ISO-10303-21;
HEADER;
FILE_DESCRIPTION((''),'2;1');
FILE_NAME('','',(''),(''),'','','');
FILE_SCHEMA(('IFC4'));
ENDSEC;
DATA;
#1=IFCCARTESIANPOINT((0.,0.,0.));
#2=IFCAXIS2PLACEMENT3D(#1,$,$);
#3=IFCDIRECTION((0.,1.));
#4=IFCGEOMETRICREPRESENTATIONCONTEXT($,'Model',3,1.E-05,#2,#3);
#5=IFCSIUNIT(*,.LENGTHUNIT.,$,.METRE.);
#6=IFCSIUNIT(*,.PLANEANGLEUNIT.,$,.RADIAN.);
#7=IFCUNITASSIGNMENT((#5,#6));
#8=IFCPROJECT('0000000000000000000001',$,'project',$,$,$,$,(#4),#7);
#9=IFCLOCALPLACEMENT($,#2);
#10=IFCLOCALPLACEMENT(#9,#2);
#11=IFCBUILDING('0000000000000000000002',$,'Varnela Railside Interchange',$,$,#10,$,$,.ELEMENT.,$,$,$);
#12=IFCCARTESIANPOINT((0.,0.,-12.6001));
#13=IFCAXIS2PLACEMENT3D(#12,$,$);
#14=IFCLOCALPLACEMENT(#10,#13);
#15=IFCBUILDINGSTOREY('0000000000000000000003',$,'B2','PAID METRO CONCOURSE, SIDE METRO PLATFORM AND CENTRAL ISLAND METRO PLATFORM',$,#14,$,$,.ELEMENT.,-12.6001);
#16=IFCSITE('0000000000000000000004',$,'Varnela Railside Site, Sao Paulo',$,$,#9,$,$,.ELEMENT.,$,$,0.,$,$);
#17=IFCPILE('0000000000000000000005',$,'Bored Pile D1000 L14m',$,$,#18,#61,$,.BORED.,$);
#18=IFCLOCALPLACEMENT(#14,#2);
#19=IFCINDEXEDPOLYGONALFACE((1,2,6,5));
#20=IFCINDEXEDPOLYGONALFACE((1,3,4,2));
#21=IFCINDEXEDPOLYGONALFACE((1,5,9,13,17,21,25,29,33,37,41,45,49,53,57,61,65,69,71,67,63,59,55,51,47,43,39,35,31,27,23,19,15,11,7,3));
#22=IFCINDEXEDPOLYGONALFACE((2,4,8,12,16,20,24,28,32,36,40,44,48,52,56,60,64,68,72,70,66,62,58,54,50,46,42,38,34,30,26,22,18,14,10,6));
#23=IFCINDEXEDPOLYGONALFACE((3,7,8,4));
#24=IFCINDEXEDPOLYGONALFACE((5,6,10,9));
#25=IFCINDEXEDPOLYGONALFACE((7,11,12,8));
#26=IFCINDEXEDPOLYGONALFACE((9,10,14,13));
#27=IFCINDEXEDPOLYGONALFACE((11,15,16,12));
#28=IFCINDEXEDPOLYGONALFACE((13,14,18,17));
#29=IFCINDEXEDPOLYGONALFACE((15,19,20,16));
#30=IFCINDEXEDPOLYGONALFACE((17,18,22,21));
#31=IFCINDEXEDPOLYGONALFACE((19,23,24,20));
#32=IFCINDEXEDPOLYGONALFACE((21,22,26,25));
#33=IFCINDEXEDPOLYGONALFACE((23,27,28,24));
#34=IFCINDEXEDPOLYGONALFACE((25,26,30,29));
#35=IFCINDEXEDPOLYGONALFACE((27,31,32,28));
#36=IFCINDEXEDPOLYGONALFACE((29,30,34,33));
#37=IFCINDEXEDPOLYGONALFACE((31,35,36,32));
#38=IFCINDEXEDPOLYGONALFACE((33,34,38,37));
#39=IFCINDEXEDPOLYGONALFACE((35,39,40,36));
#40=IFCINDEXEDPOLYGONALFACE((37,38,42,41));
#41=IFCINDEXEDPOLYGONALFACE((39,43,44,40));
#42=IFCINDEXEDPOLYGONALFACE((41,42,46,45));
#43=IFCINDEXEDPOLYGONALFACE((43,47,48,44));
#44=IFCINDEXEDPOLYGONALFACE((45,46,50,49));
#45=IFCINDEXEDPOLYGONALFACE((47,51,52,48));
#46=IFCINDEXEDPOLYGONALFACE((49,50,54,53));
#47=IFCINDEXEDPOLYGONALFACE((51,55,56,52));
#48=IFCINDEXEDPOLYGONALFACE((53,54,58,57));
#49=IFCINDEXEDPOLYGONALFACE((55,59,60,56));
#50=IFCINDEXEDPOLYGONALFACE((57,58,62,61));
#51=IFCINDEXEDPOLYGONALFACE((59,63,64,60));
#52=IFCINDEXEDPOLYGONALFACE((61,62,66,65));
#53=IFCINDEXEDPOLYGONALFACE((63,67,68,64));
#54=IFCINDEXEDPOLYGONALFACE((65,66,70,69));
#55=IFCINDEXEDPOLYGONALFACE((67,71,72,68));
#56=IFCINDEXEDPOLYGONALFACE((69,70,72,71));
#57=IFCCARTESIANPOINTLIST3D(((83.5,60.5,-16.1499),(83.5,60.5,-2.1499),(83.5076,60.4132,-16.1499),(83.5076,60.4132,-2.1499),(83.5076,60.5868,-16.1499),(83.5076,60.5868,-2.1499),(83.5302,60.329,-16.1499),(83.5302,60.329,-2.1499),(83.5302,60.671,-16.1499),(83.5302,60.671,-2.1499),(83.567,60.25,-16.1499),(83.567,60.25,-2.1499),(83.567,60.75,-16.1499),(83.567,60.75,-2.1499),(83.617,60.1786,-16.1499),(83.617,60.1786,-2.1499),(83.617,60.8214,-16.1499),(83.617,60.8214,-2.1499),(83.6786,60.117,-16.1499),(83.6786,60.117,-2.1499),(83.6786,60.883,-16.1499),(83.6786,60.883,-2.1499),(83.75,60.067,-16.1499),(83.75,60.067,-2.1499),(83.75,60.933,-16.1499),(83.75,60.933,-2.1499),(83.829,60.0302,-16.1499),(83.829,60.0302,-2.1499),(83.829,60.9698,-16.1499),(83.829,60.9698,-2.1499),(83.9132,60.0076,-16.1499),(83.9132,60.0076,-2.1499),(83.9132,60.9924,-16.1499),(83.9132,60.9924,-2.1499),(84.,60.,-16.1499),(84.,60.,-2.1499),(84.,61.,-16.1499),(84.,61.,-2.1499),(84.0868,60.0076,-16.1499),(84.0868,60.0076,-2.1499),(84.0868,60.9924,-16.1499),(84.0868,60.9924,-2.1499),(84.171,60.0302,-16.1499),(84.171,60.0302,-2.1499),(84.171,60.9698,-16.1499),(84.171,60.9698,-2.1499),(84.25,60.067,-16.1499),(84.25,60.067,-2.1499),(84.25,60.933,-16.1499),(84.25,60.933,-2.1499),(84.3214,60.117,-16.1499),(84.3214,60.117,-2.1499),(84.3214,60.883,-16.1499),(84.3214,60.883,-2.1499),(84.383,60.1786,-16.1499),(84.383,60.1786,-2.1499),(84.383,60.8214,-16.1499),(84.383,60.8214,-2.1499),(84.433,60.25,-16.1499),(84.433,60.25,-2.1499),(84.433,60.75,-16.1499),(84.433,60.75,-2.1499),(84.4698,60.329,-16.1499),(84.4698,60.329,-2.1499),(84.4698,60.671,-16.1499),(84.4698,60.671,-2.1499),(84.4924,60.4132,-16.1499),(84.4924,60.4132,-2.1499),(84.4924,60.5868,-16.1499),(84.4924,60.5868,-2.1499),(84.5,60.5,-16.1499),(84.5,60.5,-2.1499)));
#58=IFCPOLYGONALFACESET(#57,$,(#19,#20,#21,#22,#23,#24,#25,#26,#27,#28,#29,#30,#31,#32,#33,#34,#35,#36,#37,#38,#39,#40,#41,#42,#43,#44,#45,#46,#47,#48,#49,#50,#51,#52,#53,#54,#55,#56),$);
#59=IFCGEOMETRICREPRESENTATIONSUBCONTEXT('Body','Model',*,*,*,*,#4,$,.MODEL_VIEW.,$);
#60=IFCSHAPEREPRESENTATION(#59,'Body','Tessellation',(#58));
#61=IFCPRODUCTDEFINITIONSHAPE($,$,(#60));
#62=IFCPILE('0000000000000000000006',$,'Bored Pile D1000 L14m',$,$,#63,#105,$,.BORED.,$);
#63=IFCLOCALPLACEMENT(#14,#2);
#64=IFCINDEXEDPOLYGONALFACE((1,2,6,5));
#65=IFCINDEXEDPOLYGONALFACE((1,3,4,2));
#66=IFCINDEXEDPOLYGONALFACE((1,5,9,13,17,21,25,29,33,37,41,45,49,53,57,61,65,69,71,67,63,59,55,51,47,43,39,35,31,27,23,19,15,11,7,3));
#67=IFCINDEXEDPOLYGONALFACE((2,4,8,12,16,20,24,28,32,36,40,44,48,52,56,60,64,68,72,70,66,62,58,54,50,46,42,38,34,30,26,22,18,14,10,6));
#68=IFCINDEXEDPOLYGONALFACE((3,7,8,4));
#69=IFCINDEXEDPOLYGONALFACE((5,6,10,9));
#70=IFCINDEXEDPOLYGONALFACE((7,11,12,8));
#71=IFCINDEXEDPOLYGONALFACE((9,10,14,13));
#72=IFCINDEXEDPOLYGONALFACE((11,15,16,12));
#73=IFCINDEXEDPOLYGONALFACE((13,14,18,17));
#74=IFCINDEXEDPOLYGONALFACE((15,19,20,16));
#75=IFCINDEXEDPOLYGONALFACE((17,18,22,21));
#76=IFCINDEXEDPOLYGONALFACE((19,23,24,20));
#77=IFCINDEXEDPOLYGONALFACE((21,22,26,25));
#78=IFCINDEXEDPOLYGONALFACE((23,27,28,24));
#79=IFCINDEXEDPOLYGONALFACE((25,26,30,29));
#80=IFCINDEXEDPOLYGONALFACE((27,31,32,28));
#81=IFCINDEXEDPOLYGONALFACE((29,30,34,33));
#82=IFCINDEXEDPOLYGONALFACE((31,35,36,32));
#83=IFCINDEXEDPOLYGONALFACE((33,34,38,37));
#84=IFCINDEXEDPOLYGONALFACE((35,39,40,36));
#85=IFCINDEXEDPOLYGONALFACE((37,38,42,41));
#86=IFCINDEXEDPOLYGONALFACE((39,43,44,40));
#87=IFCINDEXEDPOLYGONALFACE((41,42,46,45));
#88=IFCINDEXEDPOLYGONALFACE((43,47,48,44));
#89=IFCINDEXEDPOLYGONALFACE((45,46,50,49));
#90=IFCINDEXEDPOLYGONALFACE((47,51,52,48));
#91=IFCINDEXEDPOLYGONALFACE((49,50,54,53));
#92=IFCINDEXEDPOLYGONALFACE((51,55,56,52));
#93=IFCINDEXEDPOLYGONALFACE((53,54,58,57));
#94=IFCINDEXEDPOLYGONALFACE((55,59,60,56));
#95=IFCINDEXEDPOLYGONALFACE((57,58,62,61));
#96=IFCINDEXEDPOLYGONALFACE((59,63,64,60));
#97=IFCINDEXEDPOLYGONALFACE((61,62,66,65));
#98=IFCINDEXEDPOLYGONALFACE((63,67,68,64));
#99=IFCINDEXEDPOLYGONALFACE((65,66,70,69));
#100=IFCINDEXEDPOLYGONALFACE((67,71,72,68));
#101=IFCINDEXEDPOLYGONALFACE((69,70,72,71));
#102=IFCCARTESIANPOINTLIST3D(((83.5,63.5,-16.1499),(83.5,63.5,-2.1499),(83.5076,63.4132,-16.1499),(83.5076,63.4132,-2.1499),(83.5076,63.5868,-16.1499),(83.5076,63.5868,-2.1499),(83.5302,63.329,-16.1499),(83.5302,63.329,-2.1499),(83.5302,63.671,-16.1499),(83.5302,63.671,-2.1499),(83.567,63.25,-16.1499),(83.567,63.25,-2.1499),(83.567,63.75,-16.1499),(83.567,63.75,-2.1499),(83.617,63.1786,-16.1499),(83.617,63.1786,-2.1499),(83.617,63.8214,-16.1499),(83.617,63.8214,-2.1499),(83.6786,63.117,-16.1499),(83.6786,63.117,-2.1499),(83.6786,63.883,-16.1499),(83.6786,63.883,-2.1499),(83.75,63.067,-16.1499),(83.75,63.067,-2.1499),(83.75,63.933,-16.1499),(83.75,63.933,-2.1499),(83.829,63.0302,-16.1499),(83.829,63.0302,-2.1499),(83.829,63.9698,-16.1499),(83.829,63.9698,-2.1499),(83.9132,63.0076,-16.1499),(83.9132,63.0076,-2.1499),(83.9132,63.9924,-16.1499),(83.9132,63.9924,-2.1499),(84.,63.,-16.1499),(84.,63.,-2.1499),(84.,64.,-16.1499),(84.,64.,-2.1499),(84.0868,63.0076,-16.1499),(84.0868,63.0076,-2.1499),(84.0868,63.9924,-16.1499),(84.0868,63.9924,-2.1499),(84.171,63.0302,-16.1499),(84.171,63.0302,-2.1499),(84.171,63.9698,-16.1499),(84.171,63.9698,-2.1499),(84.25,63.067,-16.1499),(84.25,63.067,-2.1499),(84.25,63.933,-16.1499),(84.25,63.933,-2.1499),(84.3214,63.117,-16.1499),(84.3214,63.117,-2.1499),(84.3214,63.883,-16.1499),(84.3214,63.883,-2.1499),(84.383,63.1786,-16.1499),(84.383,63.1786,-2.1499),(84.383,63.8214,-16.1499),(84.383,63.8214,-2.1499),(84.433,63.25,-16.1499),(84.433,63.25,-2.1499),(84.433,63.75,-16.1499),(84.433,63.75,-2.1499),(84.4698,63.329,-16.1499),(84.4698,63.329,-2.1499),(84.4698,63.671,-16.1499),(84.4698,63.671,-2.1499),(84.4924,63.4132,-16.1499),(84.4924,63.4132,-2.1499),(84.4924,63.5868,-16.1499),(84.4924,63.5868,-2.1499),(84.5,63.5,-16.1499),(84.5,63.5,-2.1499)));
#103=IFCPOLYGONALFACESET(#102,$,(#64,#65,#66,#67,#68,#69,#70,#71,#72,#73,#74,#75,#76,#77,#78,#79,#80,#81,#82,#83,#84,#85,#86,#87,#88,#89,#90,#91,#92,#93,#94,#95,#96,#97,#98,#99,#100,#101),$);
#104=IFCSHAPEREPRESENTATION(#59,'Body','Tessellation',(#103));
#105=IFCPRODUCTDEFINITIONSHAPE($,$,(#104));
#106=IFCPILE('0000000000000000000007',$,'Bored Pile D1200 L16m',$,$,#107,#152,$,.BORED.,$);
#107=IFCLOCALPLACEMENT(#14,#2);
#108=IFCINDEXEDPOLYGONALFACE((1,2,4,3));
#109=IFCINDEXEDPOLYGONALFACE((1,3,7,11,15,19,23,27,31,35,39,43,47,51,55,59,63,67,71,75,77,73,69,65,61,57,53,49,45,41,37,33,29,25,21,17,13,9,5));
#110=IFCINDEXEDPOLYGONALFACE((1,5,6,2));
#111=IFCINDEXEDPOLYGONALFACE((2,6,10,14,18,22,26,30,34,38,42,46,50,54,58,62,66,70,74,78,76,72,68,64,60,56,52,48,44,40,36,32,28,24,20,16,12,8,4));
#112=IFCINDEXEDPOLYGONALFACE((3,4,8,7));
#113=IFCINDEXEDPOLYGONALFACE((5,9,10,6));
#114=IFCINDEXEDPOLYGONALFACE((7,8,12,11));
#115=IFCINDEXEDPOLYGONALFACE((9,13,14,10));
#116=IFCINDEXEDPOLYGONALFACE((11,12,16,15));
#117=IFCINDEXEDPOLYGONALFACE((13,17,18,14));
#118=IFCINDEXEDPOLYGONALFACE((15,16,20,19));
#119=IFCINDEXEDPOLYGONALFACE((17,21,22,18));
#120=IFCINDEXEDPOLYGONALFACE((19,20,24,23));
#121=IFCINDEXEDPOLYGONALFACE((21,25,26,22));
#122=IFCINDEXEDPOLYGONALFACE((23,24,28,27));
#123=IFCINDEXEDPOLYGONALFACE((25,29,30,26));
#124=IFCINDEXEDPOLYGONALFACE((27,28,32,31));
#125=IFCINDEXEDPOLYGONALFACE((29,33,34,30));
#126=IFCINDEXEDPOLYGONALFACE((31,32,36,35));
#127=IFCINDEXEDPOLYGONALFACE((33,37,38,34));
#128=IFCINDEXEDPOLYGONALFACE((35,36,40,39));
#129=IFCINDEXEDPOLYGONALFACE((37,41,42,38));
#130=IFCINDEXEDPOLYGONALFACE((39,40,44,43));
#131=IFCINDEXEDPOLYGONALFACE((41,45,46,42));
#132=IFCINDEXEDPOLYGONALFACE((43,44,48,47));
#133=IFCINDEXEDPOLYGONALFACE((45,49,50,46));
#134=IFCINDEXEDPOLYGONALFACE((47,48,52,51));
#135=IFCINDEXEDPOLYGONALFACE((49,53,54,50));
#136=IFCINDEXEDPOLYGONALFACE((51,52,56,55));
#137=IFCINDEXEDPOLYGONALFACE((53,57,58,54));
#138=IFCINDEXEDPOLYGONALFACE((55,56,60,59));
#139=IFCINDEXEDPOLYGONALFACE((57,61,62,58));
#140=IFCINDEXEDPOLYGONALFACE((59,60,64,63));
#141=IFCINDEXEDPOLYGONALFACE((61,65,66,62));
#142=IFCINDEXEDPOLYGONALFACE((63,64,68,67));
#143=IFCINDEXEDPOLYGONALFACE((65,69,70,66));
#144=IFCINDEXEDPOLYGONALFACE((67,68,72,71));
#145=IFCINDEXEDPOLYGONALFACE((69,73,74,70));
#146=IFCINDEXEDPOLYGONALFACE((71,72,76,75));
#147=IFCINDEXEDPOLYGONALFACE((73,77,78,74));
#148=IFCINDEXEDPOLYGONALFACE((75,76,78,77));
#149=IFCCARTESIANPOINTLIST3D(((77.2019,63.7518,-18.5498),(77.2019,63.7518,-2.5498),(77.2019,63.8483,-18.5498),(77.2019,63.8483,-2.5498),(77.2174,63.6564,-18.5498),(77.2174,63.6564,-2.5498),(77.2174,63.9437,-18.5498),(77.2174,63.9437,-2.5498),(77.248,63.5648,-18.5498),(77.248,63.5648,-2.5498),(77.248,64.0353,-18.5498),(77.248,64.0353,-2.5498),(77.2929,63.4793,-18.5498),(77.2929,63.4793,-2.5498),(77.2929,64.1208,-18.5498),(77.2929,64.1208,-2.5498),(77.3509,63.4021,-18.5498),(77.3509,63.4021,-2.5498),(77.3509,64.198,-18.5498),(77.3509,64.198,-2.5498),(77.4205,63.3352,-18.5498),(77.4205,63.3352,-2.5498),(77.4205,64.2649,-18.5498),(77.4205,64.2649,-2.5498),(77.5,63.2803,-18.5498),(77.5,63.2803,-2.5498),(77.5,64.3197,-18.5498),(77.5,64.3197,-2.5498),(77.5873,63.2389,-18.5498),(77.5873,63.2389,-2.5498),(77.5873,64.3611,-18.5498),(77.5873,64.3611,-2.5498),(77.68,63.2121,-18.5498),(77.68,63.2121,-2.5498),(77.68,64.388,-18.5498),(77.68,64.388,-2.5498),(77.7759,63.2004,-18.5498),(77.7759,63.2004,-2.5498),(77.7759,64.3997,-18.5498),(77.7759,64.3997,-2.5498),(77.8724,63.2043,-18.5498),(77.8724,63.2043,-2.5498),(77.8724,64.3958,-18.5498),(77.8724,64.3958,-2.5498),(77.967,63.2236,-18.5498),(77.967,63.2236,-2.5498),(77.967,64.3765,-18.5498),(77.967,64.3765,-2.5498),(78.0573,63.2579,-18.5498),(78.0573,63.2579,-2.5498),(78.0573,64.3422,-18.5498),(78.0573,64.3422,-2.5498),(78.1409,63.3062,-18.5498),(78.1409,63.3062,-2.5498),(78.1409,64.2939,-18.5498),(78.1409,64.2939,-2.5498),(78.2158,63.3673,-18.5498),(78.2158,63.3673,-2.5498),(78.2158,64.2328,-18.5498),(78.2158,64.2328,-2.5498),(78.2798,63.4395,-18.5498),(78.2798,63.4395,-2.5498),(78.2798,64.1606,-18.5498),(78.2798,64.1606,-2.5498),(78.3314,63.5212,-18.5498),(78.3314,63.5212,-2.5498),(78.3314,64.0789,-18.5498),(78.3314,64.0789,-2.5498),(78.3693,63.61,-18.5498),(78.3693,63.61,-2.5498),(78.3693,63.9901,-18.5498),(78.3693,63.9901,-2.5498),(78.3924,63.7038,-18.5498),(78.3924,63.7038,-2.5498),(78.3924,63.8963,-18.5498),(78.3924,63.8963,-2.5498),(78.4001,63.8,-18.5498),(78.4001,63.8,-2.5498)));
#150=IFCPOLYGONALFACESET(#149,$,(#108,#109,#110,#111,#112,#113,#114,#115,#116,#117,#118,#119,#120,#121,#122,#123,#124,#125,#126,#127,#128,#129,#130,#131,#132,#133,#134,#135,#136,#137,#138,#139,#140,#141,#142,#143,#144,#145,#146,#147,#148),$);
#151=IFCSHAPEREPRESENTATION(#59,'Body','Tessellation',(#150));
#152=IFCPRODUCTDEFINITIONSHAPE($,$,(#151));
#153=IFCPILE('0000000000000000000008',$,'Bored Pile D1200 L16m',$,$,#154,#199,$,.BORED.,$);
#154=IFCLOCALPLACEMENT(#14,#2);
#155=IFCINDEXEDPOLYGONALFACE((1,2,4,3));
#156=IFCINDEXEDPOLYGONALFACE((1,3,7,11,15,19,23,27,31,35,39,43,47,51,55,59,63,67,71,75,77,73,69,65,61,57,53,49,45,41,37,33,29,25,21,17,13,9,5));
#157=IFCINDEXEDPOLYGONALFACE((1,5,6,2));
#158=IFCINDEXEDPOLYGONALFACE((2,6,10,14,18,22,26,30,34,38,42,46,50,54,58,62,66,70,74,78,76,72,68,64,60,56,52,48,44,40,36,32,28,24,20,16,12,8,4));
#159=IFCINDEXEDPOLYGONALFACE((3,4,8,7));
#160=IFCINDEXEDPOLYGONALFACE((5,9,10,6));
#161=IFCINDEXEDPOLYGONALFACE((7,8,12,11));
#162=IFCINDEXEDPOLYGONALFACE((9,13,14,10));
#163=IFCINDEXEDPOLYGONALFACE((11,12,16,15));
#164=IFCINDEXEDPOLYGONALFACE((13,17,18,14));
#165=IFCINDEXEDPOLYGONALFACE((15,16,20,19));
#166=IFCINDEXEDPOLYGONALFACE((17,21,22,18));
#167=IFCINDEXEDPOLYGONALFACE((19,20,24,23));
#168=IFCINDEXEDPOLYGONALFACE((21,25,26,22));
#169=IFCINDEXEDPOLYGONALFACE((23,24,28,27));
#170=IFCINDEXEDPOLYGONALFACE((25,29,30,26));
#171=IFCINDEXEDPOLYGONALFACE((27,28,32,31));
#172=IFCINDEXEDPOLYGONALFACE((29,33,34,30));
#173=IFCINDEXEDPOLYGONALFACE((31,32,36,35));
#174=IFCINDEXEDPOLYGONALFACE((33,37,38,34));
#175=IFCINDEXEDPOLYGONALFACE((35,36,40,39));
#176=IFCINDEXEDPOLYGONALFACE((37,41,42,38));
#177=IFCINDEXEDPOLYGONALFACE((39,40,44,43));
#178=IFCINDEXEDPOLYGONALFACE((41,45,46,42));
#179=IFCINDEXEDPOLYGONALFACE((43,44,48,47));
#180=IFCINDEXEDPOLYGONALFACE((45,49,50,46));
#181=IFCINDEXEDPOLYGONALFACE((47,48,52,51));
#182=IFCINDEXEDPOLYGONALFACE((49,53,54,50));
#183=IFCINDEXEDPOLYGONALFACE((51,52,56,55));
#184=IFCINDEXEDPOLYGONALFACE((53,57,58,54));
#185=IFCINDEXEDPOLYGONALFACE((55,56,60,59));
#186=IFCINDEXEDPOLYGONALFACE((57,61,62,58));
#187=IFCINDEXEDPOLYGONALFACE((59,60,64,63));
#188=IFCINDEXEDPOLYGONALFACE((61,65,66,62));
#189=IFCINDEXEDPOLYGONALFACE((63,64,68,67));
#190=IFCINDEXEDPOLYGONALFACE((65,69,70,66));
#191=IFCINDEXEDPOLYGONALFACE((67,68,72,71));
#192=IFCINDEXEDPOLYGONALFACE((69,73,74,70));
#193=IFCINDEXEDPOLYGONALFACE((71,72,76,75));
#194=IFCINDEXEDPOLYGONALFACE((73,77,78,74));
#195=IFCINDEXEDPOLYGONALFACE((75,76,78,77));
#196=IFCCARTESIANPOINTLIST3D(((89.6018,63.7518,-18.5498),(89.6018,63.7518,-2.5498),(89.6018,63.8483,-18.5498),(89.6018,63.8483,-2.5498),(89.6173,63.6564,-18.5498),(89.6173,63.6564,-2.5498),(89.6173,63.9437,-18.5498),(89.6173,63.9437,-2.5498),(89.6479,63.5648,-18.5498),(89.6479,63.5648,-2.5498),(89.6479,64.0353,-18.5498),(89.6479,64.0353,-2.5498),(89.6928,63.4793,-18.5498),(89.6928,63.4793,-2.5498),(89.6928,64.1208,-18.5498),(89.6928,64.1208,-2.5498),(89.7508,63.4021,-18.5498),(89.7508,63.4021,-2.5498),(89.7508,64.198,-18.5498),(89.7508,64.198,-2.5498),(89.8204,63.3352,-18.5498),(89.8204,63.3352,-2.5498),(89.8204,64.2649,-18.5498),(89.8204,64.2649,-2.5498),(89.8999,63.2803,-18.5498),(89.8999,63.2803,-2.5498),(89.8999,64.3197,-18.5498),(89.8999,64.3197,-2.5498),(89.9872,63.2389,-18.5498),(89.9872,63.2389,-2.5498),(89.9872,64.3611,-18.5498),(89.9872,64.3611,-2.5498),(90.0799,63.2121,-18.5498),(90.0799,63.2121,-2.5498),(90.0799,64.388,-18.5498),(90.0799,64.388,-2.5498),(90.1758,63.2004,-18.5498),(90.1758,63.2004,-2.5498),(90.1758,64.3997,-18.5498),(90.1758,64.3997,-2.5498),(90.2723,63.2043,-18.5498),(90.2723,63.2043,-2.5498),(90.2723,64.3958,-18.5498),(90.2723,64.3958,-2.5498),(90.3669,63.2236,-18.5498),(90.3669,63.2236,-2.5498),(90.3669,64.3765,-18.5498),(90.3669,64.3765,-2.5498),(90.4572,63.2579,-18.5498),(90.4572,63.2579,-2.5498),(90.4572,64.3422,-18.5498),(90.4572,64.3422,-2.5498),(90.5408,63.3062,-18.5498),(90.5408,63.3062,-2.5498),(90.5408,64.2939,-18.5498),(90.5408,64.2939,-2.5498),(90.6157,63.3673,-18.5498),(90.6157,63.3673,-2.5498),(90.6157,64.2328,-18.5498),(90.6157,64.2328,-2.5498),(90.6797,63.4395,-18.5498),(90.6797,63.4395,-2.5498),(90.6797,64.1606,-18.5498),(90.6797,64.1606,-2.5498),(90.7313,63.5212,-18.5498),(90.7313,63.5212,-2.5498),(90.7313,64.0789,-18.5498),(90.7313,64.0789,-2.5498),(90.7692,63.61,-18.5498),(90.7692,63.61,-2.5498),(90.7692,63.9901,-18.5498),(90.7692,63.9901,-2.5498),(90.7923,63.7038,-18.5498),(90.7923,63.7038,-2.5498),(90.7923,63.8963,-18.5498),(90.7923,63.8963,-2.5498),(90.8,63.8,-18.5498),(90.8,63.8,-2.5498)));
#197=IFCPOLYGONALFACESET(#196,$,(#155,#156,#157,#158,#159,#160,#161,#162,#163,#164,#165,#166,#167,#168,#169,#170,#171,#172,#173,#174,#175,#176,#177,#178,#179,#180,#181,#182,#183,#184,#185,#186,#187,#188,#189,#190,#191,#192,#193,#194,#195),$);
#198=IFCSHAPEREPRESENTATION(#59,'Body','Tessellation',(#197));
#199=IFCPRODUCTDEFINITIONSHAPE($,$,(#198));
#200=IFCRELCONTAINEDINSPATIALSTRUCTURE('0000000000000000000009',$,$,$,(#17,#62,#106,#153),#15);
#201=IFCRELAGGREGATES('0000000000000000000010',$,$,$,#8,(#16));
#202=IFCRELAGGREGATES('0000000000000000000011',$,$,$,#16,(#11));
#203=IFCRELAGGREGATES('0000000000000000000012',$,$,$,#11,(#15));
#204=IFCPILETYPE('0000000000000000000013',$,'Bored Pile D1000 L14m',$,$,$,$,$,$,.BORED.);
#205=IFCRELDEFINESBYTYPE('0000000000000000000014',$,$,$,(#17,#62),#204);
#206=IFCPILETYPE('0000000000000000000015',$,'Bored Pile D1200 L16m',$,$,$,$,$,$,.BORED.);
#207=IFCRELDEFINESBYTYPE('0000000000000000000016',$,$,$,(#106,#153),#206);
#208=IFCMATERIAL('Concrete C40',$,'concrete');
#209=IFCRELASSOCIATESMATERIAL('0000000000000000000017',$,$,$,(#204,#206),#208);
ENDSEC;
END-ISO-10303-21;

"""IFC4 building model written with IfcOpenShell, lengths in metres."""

from ifc_helpers import new_model, si_unit, direction, frame, origin, origin_2d, place, context, subcontext, project, spatial, circle, extrude, material, material_profile, profile_set, type_object, element, save


model = new_model("IFC4")

# Units and contexts
model_context = context("Model", 3, precision=1e-05, world=origin(), true_north=direction((0.0, 1.0)))
body_context = subcontext(model_context, "Body", "Model", "MODEL_VIEW")
ifc_project = project(units=[si_unit("LENGTHUNIT", "METRE"), si_unit("PLANEANGLEUNIT", "RADIAN")], contexts=[model_context])

# Site, building, storey
site_placement = place(None, origin())
site = spatial("IfcSite", under=ifc_project, at=site_placement, Name="Varnela Railside Site, Sao Paulo", CompositionType="ELEMENT", RefElevation=0.0)
building_placement = place(site_placement, origin())
building = spatial("IfcBuilding", under=site, at=building_placement, Name="Varnela Railside Interchange", CompositionType="ELEMENT")
storey_placement = place(building_placement, frame((0.0, 0.0, -12.6001)))
storey = spatial("IfcBuildingStorey", under=building, at=storey_placement, Name="B2", Description="PAID METRO CONCOURSE, SIDE METRO PLATFORM AND CENTRAL ISLAND METRO PLATFORM", CompositionType="ELEMENT", Elevation=-12.6001)

# Piles
ifc_material_1 = material(Name="Concrete C40", Category="concrete")
ifc_material_profile_1 = material_profile(ifc_material_1, circle(Radius=0.5, at=origin_2d()), Name="BORED PILE D1000")
ifc_profile_set_1 = profile_set([ifc_material_profile_1], Name="Concrete C40")
pile_type_1 = type_object("IfcPileType", Name="Bored Pile D1000 L14m", PredefinedType="BORED", material=ifc_profile_set_1)
for number, where, z_axis, x_axis, name in (
    (1, (84.0, 60.5, -2.1499), (0.0, 0.0, -1.0), (1.0, 0.0, 0.0), "Bored Pile D1000 L14m"),
    (2, (84.0, 63.5, -2.1499), (0.0, 0.0, -1.0), (1.0, 0.0, 0.0), "Bored Pile D1000 L14m"),
):
    element("IfcPile", number, at=place(storey_placement, frame(where, z_axis=z_axis, x_axis=x_axis)), inside=storey, type_object=pile_type_1, Name=name, PredefinedType="BORED", context=body_context, shape_type="SweptSolid", body=[
        extrude(circle(Radius=0.5, at=origin_2d()), origin(), (0.0, 0.0, 1.0), 14.0),
    ])
ifc_material_profile_2 = material_profile(ifc_material_1, circle(Radius=0.6001, at=origin_2d()), Name="BORED PILE D1200")
ifc_profile_set_2 = profile_set([ifc_material_profile_2], Name="Concrete C40")
pile_type_2 = type_object("IfcPileType", Name="Bored Pile D1200 L16m", PredefinedType="BORED", material=ifc_profile_set_2)
for number, where, z_axis, x_axis, name in (
    (3, (77.8, 63.8, -2.5498), (0.0, 0.0, -1.0), (1.0, 0.0, 0.0), "Bored Pile D1200 L16m"),
    (4, (90.2, 63.8, -2.5498), (0.0, 0.0, -1.0), (1.0, 0.0, 0.0), "Bored Pile D1200 L16m"),
):
    element("IfcPile", number, at=place(storey_placement, frame(where, z_axis=z_axis, x_axis=x_axis)), inside=storey, type_object=pile_type_2, Name=name, PredefinedType="BORED", context=body_context, shape_type="SweptSolid", body=[
        extrude(circle(Radius=0.6001, at=origin_2d()), origin(), (0.0, 0.0, 1.0), 16.0),
    ])

save(model, "model.ifc")
